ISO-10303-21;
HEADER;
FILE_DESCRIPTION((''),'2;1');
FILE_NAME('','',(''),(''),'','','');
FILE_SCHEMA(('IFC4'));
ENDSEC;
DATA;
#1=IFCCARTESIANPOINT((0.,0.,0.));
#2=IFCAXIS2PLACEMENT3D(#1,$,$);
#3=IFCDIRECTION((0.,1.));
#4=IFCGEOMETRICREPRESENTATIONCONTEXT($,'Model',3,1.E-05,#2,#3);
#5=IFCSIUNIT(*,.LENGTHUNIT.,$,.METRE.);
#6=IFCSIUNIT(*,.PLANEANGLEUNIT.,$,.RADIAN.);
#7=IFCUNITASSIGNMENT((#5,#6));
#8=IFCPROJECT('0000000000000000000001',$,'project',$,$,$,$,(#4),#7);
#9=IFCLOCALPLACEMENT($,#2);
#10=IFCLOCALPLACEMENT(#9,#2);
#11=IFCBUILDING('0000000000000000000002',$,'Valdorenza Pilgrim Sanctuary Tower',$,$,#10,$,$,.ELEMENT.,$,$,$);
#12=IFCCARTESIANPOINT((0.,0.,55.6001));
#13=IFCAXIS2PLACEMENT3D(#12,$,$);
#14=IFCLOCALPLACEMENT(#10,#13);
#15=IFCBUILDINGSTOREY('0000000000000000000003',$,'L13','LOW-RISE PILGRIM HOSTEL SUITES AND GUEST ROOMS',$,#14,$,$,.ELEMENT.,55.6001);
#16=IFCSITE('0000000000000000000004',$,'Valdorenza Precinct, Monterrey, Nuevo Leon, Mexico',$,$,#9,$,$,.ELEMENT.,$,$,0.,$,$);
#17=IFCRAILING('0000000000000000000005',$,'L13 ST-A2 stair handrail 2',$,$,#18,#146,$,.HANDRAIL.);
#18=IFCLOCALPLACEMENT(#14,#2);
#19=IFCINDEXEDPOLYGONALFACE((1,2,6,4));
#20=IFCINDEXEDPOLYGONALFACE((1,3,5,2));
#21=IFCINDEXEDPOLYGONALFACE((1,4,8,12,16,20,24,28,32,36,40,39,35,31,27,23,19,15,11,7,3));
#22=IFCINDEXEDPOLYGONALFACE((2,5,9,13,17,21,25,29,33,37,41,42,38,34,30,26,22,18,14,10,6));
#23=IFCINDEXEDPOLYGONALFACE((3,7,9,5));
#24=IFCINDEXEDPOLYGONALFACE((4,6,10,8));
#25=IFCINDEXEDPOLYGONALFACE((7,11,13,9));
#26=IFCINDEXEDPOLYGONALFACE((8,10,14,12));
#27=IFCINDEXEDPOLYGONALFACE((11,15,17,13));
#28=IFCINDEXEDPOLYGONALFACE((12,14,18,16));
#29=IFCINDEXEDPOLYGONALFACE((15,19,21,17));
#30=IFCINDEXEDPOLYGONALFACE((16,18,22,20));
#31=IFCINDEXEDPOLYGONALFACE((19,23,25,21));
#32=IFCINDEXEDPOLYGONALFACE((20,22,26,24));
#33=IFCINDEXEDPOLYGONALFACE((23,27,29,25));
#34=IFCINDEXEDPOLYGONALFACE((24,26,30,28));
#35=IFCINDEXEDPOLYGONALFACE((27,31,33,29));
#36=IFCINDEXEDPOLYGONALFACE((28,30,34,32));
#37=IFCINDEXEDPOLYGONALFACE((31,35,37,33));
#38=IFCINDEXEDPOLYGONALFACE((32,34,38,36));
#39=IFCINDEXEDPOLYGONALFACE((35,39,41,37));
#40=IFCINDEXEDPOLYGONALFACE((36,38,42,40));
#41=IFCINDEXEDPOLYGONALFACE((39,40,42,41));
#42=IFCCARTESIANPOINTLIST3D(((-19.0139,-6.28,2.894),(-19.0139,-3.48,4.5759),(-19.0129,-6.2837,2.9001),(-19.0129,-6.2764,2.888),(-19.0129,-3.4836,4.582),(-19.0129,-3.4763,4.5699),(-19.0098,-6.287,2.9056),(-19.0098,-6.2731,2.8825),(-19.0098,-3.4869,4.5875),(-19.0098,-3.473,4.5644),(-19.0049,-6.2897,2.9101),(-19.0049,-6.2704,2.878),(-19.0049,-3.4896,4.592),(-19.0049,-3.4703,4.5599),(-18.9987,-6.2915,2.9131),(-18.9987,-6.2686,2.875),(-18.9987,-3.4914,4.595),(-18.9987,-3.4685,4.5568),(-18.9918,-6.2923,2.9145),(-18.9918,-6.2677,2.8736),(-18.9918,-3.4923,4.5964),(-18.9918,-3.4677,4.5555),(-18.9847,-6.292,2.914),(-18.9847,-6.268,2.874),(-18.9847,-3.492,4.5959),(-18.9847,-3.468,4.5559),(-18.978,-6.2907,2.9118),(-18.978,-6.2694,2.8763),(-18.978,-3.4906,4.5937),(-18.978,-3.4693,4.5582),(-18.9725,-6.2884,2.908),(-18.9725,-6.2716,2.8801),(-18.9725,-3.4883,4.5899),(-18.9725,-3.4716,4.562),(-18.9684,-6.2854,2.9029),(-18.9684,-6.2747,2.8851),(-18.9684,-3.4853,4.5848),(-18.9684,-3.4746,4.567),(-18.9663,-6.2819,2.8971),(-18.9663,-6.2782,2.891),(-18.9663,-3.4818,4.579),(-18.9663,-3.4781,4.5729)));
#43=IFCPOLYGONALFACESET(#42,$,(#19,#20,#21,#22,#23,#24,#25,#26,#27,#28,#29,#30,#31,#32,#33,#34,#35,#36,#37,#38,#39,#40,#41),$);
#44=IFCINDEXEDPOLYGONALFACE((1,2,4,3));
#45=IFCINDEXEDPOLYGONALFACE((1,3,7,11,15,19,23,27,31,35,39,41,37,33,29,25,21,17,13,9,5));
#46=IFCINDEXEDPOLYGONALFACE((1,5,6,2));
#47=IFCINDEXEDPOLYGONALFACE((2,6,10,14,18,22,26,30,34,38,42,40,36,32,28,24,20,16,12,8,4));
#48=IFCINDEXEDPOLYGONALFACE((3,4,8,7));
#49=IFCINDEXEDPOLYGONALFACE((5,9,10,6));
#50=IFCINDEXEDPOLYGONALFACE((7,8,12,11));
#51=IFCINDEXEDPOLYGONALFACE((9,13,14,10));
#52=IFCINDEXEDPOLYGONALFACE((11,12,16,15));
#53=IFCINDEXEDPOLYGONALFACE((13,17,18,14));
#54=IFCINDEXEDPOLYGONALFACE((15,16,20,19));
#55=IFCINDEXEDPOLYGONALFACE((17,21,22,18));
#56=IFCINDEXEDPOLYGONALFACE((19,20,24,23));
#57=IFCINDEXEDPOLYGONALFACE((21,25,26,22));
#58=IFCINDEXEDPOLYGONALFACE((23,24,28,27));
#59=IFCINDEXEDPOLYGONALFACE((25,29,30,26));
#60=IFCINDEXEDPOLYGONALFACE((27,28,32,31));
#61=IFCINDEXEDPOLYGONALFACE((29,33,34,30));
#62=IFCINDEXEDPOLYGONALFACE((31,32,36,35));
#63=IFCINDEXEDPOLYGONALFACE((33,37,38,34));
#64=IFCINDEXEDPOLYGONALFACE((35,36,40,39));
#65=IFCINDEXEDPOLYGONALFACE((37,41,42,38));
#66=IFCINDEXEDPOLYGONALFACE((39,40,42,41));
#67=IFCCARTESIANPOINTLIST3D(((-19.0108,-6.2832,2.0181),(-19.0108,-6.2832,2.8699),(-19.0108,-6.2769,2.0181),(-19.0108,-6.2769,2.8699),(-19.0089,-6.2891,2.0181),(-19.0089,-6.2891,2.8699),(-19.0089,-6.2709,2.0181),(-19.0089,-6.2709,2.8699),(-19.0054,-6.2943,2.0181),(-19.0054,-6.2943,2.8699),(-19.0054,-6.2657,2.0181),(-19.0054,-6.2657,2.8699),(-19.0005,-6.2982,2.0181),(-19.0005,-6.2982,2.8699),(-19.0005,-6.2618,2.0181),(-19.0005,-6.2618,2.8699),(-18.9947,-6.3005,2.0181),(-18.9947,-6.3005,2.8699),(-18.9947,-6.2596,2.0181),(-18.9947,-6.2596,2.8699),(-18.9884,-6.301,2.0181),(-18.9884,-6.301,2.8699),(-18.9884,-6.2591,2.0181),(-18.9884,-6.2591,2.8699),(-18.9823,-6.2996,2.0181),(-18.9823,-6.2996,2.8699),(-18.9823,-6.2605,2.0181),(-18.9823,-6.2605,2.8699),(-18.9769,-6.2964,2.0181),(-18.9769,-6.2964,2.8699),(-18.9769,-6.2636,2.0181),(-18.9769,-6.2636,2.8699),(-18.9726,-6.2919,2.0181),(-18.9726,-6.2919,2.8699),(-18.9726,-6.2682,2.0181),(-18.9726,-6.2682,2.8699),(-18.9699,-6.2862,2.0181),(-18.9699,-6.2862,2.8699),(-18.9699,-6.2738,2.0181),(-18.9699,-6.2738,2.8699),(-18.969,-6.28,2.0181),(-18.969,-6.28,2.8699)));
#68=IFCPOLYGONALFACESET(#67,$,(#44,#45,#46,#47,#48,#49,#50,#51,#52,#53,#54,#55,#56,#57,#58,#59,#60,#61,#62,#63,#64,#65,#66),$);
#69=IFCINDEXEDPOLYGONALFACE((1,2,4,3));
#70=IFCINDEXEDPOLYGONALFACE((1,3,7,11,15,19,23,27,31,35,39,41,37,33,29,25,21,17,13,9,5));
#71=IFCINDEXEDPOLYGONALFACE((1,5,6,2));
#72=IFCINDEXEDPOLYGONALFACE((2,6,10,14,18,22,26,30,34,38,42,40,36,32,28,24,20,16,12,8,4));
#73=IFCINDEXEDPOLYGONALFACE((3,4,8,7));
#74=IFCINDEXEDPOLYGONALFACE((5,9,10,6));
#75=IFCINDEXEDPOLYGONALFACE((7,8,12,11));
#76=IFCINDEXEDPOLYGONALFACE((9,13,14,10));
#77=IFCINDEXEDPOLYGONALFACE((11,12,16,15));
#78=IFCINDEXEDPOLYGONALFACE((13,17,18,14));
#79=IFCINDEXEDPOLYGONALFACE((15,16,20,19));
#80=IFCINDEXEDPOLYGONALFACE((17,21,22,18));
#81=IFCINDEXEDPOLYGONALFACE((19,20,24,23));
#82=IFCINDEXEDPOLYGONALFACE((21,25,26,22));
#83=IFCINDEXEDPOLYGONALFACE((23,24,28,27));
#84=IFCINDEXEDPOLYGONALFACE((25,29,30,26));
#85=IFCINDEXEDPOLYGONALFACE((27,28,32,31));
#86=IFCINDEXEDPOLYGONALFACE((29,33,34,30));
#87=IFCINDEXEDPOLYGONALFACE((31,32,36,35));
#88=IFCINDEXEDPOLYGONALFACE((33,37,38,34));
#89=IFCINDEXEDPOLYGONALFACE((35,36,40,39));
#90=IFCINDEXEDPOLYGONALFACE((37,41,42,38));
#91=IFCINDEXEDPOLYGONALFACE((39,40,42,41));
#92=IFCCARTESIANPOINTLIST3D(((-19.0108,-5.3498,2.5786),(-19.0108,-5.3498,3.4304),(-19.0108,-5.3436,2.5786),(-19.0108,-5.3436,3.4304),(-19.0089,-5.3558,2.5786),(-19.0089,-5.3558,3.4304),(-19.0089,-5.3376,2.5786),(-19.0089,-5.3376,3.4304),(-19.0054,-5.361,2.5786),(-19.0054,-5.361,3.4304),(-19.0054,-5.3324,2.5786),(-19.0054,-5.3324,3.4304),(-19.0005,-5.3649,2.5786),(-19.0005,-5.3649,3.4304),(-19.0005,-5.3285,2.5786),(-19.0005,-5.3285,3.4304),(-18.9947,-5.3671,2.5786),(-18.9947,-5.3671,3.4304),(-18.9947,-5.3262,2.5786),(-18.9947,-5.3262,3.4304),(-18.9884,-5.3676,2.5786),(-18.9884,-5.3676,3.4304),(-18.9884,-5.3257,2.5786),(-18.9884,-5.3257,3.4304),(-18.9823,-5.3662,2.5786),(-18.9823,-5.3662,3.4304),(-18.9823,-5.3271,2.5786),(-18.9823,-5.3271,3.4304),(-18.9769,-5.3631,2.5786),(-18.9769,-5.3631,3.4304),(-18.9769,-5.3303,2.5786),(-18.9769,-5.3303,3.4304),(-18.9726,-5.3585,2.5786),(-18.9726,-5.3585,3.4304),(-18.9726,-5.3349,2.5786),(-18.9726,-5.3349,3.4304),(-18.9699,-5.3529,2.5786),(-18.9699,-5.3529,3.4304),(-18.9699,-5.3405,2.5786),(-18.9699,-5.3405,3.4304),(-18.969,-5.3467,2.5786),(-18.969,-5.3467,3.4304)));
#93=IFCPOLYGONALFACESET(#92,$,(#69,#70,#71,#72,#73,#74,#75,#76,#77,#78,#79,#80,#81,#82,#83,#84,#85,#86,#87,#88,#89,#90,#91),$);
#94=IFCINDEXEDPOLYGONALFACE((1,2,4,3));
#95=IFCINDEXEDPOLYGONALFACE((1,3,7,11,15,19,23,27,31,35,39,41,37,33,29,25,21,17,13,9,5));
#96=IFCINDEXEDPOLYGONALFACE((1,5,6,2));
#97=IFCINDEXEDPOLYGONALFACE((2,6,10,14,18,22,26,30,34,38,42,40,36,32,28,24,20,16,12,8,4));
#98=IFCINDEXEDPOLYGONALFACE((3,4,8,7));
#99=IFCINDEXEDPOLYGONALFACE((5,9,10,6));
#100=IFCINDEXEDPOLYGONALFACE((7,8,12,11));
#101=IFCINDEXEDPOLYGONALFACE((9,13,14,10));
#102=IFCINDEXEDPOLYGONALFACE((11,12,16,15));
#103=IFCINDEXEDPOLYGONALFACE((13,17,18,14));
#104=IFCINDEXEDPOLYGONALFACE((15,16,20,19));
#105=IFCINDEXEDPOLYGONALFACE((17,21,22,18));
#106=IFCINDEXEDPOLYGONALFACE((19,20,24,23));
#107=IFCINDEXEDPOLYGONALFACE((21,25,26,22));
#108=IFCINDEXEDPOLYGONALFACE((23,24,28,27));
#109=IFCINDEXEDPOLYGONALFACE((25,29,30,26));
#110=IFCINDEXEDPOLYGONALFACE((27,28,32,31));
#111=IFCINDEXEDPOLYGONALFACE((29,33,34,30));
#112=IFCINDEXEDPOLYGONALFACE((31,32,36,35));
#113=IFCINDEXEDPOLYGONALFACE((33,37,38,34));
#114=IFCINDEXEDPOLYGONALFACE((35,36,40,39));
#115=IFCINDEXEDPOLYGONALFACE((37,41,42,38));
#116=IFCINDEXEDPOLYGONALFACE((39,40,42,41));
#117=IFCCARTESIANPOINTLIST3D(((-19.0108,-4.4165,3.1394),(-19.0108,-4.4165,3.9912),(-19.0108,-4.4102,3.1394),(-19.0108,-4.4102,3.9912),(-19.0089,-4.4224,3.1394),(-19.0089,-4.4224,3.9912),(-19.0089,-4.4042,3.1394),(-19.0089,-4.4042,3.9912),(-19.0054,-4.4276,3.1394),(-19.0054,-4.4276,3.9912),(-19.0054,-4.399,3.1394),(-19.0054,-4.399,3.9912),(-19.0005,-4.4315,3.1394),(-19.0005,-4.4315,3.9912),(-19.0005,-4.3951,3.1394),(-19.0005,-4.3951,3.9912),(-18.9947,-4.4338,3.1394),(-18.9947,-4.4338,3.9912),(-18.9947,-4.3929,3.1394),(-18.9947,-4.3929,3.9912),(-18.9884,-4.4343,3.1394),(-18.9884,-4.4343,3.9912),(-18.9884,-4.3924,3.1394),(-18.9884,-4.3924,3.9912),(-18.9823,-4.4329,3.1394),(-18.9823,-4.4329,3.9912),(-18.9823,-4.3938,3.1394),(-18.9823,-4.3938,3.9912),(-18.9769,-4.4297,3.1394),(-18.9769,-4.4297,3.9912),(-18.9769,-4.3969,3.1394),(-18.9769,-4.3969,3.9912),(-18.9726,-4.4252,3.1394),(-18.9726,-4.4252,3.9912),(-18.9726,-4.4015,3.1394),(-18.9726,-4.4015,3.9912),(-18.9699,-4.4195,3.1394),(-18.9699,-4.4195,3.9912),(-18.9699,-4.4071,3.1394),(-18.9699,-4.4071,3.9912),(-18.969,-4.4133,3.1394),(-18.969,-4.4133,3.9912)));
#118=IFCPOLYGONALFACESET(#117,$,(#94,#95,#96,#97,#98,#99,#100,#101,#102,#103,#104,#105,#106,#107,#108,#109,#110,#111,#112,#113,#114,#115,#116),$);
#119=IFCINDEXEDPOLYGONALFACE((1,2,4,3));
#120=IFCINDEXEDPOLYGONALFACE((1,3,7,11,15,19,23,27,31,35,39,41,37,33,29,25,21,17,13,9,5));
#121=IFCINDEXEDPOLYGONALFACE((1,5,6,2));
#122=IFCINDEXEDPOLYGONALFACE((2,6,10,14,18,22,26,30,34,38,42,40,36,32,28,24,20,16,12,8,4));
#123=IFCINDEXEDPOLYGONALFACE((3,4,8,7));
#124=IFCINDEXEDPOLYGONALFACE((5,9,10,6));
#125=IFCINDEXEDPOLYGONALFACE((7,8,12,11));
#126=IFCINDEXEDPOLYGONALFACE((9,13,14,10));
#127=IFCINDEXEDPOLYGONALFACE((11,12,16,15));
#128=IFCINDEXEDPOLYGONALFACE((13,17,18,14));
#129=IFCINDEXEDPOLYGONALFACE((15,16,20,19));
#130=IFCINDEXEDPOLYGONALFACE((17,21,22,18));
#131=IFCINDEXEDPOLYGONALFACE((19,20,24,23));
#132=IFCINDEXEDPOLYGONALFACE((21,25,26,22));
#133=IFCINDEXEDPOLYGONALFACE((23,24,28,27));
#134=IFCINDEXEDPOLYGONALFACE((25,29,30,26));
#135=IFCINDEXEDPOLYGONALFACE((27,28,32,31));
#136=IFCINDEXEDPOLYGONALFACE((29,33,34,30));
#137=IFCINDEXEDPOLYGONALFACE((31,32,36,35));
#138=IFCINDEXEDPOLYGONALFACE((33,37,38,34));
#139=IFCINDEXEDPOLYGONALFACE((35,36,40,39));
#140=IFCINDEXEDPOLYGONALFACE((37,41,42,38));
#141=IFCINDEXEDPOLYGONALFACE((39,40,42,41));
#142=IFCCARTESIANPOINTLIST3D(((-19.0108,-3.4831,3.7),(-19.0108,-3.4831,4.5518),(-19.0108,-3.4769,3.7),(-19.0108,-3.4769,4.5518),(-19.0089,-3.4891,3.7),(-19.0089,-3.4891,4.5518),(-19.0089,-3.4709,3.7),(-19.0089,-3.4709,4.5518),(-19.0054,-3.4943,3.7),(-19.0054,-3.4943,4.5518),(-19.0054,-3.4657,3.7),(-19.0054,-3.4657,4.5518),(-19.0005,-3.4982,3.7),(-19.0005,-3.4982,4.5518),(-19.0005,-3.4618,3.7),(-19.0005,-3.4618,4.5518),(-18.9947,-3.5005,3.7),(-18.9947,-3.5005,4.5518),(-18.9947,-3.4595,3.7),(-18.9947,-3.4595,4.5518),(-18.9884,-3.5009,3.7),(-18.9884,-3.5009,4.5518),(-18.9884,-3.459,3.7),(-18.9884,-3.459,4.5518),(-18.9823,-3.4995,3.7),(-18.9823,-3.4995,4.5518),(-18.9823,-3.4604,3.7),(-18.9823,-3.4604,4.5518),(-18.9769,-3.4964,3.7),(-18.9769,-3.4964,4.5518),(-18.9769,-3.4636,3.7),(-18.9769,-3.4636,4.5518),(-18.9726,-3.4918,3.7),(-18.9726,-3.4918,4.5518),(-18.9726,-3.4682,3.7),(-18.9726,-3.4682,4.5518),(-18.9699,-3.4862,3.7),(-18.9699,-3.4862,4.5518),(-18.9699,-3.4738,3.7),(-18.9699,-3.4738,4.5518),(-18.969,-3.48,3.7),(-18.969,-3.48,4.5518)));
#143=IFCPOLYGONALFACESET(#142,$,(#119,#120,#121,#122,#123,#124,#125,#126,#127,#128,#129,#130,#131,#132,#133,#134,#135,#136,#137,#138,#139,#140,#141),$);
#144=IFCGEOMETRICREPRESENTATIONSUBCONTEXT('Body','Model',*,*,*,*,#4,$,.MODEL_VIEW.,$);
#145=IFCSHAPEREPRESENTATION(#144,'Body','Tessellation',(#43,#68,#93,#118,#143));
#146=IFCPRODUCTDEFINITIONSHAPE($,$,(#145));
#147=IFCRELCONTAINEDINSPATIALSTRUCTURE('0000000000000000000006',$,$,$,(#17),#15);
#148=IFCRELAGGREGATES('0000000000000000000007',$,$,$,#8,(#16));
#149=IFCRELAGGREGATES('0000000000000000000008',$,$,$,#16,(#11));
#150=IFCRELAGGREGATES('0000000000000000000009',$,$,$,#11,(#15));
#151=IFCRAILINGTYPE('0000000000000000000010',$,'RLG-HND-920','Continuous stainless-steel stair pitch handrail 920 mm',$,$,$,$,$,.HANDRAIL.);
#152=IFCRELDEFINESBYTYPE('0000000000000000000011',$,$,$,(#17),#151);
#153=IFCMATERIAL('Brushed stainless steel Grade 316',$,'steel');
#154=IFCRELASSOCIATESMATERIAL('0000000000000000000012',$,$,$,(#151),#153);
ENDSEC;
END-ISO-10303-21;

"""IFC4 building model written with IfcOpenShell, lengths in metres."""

from ifc_helpers import new_model, si_unit, direction, frame, origin, origin_2d, place, context, subcontext, project, spatial, circle, extrude, material, type_object, element, save


model = new_model("IFC4")

# Units and contexts
model_context = context("Model", 3, precision=1e-05, world=origin(), true_north=direction((0.0, 1.0)))
body_context = subcontext(model_context, "Body", "Model", "MODEL_VIEW")
ifc_project = project(units=[si_unit("LENGTHUNIT", "METRE"), si_unit("PLANEANGLEUNIT", "RADIAN")], contexts=[model_context])

# Site, building, storey
site_placement = place(None, origin())
site = spatial("IfcSite", under=ifc_project, at=site_placement, Name="Valdorenza Precinct, Monterrey, Nuevo Leon, Mexico", CompositionType="ELEMENT", RefElevation=0.0)
building_placement = place(site_placement, origin())
building = spatial("IfcBuilding", under=site, at=building_placement, Name="Valdorenza Pilgrim Sanctuary Tower", CompositionType="ELEMENT")
storey_placement = place(building_placement, frame((0.0, 0.0, 55.6001)))
storey = spatial("IfcBuildingStorey", under=building, at=storey_placement, Name="L13", Description="LOW-RISE PILGRIM HOSTEL SUITES AND GUEST ROOMS", CompositionType="ELEMENT", Elevation=55.6001)

# Shared definitions
ifc_material_1 = material(Name="Brushed stainless steel Grade 316", Category="steel")

# Railing
railing_type_1 = type_object("IfcRailingType", Name="RLG-HND-920", Description="Continuous stainless-steel stair pitch handrail 920 mm", PredefinedType="HANDRAIL", material=ifc_material_1)
railing_1_placement = place(storey_placement, frame((-18.99, -6.28, 2.0181)))
element("IfcRailing", 1, at=railing_1_placement, inside=storey, type_object=railing_type_1, Name="L13 ST-A2 stair handrail 2", PredefinedType="HANDRAIL", context=body_context, shape_type="SweptSolid", body=[
    extrude(circle(Radius=0.0239, at=origin_2d()), frame((0.0, 0.0, 0.876), z_axis=(0.0, 0.857242, 0.514913), x_axis=(-1.0, 0.0, 0.0)), (0.0, 0.0, 1.0), 3.2664),
    extrude(circle(Radius=0.021, at=origin_2d()), origin(), (0.0, 0.0, 1.0), 0.8518),
    extrude(circle(Radius=0.021, at=origin_2d()), frame((0.0, 0.9333, 0.5605)), (0.0, 0.0, 1.0), 0.8518),
    extrude(circle(Radius=0.021, at=origin_2d()), frame((0.0, 1.8667, 1.1213)), (0.0, 0.0, 1.0), 0.8518),
    extrude(circle(Radius=0.021, at=origin_2d()), frame((0.0, 2.8, 1.6819)), (0.0, 0.0, 1.0), 0.8518),
])

save(model, "model.ifc")
